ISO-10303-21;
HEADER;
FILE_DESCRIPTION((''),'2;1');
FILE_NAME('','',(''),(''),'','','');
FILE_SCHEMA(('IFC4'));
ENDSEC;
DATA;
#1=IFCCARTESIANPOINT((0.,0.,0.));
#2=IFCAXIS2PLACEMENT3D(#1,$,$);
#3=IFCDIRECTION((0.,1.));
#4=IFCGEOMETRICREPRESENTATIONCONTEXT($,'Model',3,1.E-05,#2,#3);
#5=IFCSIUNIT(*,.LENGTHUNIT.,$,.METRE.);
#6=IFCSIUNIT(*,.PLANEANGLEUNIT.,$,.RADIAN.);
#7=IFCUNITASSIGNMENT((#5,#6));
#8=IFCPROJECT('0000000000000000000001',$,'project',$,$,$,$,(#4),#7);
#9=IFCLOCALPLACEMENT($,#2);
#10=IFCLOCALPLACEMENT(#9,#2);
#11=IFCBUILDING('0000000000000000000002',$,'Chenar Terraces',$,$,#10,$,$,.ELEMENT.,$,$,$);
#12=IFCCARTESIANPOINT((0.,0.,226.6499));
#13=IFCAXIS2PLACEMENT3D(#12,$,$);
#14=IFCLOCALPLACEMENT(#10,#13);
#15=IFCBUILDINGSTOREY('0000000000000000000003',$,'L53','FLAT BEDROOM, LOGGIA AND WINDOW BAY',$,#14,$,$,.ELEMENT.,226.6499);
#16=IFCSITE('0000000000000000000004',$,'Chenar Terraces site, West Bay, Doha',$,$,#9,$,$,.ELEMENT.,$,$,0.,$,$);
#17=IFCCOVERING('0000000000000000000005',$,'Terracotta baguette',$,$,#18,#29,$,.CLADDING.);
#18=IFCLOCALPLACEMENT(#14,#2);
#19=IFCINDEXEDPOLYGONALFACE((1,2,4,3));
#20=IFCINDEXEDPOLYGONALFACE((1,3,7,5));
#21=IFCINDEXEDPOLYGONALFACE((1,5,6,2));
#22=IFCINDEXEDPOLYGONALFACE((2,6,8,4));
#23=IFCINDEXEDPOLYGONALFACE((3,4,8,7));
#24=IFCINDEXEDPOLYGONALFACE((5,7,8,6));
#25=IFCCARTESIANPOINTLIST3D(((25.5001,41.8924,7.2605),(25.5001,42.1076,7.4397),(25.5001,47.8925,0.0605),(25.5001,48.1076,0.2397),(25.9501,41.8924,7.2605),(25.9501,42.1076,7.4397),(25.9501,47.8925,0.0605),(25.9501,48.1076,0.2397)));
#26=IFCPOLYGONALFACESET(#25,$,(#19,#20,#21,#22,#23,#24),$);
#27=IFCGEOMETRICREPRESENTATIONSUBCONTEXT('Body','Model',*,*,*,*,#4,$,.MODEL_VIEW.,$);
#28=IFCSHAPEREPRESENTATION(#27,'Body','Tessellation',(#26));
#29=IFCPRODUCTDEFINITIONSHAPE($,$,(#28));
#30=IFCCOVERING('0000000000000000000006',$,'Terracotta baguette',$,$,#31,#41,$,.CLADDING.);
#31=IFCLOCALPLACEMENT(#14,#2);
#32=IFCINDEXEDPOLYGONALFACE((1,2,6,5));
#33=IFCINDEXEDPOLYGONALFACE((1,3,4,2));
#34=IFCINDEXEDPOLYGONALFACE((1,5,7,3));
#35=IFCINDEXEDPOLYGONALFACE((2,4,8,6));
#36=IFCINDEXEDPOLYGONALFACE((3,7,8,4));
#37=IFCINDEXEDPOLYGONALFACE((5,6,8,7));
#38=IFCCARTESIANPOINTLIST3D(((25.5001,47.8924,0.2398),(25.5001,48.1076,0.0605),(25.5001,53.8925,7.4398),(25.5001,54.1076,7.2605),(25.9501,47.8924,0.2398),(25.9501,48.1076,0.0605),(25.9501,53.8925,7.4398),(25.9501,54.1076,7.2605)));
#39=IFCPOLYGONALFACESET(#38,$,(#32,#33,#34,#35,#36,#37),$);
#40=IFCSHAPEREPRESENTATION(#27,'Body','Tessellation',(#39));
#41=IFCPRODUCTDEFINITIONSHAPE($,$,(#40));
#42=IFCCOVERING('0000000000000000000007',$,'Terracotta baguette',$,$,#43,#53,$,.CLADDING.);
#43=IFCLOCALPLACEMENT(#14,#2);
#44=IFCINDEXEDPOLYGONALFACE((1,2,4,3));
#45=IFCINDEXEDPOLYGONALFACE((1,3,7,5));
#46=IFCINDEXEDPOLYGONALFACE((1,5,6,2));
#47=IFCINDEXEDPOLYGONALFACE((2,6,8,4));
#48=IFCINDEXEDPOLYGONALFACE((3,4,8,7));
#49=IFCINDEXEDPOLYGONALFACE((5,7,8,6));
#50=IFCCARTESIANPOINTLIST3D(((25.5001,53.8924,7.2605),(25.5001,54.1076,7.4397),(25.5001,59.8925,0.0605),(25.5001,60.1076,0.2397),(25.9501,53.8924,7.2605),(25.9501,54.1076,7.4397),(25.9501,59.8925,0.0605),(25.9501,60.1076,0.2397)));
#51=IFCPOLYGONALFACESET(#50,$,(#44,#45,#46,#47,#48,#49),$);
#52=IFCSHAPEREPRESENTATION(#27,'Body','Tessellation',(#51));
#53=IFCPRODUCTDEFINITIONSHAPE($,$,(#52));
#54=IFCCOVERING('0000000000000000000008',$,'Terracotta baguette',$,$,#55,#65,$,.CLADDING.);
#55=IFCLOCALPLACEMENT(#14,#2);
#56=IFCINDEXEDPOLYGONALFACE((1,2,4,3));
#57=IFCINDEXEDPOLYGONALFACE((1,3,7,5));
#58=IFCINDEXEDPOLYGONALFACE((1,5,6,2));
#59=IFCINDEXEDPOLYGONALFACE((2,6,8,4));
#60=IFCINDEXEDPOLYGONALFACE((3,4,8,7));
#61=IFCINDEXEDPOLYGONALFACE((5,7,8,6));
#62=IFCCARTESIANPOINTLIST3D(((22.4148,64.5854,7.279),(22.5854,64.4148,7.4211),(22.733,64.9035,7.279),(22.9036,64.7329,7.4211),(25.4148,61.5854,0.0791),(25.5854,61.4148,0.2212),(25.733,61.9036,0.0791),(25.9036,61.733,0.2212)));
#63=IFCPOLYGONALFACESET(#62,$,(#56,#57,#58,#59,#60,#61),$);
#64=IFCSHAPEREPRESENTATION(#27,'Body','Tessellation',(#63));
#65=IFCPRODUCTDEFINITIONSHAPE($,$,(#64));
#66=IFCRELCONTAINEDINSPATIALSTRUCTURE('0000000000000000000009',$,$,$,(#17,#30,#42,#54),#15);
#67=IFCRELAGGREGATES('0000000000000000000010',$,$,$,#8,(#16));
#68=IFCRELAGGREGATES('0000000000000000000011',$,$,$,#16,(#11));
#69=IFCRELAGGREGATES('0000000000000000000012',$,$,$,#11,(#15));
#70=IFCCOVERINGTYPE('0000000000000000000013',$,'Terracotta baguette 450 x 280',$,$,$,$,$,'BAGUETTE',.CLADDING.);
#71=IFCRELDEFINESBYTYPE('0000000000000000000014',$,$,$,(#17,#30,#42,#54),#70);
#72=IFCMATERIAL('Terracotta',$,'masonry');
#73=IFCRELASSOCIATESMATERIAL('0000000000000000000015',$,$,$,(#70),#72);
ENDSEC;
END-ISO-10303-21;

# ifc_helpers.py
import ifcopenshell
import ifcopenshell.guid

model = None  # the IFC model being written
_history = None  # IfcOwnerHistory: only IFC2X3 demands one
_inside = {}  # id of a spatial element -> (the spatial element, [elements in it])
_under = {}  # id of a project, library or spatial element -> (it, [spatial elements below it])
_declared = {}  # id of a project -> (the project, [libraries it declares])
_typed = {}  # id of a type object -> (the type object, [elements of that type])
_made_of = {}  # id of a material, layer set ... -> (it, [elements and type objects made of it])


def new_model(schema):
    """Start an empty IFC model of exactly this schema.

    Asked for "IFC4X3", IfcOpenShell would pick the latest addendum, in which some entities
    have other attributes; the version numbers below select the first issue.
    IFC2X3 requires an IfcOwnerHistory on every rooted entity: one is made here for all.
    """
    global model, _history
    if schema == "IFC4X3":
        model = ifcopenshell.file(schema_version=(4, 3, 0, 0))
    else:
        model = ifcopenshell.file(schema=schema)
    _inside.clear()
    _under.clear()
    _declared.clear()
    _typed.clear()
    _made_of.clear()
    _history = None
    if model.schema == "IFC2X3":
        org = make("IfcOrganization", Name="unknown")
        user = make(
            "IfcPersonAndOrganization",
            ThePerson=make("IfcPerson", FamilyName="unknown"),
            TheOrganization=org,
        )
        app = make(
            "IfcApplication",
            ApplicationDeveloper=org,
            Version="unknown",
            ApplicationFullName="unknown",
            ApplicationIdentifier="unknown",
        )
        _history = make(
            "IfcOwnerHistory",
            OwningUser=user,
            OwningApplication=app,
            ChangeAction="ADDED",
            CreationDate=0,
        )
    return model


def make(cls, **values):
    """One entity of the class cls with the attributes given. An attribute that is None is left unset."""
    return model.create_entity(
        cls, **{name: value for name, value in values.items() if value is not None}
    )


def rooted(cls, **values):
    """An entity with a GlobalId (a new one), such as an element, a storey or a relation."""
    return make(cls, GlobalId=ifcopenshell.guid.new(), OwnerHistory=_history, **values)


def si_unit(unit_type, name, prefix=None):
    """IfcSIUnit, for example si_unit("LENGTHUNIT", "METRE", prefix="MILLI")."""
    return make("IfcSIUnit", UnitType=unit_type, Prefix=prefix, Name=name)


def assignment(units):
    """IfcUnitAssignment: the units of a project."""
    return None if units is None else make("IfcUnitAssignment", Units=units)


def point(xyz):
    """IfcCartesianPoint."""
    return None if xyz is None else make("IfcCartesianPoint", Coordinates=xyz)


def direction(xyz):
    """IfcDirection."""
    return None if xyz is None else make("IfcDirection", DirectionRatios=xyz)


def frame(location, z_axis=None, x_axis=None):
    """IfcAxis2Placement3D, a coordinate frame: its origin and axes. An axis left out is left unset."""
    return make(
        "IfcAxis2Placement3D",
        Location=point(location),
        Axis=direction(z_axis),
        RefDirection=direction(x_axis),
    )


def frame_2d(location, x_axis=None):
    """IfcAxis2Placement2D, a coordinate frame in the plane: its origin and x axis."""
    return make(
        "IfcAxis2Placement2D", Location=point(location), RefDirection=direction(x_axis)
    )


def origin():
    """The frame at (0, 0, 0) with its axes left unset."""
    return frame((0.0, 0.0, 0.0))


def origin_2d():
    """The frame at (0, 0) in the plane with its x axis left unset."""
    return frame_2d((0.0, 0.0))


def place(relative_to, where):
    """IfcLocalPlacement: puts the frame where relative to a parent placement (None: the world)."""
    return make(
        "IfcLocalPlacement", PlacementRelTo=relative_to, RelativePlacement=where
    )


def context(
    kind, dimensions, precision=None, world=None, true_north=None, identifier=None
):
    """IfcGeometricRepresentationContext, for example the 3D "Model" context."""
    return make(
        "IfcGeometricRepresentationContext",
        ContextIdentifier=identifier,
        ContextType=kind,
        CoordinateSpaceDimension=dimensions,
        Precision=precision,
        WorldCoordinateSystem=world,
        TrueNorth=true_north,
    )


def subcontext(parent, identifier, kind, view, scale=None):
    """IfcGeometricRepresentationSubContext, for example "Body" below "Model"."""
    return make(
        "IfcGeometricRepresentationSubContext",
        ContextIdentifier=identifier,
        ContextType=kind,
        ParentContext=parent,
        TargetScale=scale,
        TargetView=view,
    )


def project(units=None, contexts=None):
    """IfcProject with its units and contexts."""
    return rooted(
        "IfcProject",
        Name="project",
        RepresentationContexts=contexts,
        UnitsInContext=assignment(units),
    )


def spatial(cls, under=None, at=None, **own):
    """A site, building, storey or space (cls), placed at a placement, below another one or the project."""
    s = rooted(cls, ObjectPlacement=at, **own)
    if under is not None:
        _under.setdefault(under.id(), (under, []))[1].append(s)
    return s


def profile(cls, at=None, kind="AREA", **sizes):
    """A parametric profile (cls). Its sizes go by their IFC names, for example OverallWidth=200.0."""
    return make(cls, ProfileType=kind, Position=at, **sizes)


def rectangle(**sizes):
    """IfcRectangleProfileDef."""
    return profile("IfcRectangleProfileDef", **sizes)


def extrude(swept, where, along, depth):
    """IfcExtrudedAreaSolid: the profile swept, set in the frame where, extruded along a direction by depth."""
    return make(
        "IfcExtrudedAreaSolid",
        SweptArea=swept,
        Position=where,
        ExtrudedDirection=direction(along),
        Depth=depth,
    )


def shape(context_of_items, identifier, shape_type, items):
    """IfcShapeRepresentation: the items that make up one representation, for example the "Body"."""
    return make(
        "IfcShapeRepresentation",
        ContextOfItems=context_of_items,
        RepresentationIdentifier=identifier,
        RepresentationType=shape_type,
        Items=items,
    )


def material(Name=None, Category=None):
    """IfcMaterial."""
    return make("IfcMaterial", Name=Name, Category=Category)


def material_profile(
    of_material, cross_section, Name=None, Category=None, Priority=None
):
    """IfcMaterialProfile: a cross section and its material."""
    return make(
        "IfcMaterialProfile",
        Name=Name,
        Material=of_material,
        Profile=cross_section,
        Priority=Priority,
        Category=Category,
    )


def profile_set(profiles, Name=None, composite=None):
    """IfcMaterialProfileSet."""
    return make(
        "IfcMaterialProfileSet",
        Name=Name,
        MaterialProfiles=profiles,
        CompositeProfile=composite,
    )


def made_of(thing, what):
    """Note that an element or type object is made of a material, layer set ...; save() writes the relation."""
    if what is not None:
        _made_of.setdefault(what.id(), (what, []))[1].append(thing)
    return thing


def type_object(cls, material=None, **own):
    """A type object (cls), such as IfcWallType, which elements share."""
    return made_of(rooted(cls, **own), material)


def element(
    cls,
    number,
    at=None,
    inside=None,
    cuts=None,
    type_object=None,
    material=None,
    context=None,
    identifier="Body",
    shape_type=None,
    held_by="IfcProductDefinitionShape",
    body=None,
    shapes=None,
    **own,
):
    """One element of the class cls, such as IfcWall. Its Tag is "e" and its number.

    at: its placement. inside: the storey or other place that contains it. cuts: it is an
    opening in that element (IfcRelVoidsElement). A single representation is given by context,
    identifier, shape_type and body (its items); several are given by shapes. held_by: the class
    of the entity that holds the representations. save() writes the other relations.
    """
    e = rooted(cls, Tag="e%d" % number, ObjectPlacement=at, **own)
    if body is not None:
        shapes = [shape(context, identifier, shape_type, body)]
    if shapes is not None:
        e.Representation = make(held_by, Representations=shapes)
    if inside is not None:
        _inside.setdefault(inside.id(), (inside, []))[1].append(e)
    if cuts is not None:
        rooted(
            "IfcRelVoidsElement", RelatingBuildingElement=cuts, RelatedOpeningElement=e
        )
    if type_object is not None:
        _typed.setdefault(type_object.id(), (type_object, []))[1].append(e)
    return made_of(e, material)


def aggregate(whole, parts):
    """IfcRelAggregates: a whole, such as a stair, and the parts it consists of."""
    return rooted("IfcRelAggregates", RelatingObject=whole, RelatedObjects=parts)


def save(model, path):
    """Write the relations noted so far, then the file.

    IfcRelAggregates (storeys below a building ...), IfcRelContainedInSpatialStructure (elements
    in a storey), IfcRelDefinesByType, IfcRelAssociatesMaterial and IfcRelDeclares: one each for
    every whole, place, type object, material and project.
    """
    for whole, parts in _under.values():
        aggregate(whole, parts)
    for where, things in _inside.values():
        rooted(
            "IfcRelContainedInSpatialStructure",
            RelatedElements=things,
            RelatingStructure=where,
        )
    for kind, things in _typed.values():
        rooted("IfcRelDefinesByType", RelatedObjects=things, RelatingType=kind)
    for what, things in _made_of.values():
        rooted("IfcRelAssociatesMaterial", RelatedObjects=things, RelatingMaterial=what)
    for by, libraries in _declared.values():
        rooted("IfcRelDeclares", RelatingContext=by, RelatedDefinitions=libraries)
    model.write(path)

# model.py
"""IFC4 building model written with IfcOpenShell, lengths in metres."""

from ifc_helpers import new_model, si_unit, direction, frame, origin, origin_2d, place, context, subcontext, project, spatial, rectangle, extrude, material, material_profile, profile_set, type_object, element, save


model = new_model("IFC4")

# Units and contexts
model_context = context("Model", 3, precision=1e-05, world=origin(), true_north=direction((0.0, 1.0)))
body_context = subcontext(model_context, "Body", "Model", "MODEL_VIEW")
ifc_project = project(units=[si_unit("LENGTHUNIT", "METRE"), si_unit("PLANEANGLEUNIT", "RADIAN")], contexts=[model_context])

# Site, building, storey
site_placement = place(None, origin())
site = spatial("IfcSite", under=ifc_project, at=site_placement, Name="Chenar Terraces site, West Bay, Doha", CompositionType="ELEMENT", RefElevation=0.0)
building_placement = place(site_placement, origin())
building = spatial("IfcBuilding", under=site, at=building_placement, Name="Chenar Terraces", CompositionType="ELEMENT")
storey_placement = place(building_placement, frame((0.0, 0.0, 226.6499)))
storey = spatial("IfcBuildingStorey", under=building, at=storey_placement, Name="L53", Description="FLAT BEDROOM, LOGGIA AND WINDOW BAY", CompositionType="ELEMENT", Elevation=226.6499)

# Coverings
ifc_material_1 = material(Name="Terracotta", Category="masonry")
ifc_material_profile_1 = material_profile(ifc_material_1, rectangle(XDim=0.45, YDim=0.28, at=origin_2d()), Name="Terracotta baguette 450 x 280")
ifc_profile_set_1 = profile_set([ifc_material_profile_1], Name="Terracotta")
covering_type = type_object("IfcCoveringType", Name="Terracotta baguette 450 x 280", ElementType="BAGUETTE", PredefinedType="CLADDING", material=ifc_profile_set_1)
for number, where, z_axis, x_axis, name in (
    (1, (25.7251, 42.0, 7.3501), (0.0, 0.640187, -0.768219), (-1.0, 0.0, 0.0), "Terracotta baguette"),
    (2, (25.7251, 48.0, 0.1501), (0.0, 0.640187, 0.768219), (-1.0, 0.0, 0.0), "Terracotta baguette"),
    (3, (25.7251, 54.0, 7.3501), (0.0, 0.640187, -0.768219), (-1.0, 0.0, 0.0), "Terracotta baguette"),
):
    element("IfcCovering", number, at=place(storey_placement, frame(where, z_axis=z_axis, x_axis=x_axis)), inside=storey, type_object=covering_type, Name=name, PredefinedType="CLADDING", context=body_context, shape_type="SweptSolid", body=[
        extrude(rectangle(XDim=0.45, YDim=0.28, at=origin_2d()), origin(), (0.0, 0.0, 1.0), 9.3723),
    ])
covering_1_placement = place(storey_placement, frame((25.6592, 61.6592, 0.1501), z_axis=(-0.358981, 0.358981, 0.861548), x_axis=(-0.707107, -0.707107, 0.0)))
element("IfcCovering", 4, at=covering_1_placement, inside=storey, type_object=covering_type, Name="Terracotta baguette", PredefinedType="CLADDING", context=body_context, shape_type="SweptSolid", body=[
    extrude(rectangle(XDim=0.45, YDim=0.28, at=origin_2d()), origin(), (0.0, 0.0, 1.0), 8.3569),
])

save(model, "model.ifc")
